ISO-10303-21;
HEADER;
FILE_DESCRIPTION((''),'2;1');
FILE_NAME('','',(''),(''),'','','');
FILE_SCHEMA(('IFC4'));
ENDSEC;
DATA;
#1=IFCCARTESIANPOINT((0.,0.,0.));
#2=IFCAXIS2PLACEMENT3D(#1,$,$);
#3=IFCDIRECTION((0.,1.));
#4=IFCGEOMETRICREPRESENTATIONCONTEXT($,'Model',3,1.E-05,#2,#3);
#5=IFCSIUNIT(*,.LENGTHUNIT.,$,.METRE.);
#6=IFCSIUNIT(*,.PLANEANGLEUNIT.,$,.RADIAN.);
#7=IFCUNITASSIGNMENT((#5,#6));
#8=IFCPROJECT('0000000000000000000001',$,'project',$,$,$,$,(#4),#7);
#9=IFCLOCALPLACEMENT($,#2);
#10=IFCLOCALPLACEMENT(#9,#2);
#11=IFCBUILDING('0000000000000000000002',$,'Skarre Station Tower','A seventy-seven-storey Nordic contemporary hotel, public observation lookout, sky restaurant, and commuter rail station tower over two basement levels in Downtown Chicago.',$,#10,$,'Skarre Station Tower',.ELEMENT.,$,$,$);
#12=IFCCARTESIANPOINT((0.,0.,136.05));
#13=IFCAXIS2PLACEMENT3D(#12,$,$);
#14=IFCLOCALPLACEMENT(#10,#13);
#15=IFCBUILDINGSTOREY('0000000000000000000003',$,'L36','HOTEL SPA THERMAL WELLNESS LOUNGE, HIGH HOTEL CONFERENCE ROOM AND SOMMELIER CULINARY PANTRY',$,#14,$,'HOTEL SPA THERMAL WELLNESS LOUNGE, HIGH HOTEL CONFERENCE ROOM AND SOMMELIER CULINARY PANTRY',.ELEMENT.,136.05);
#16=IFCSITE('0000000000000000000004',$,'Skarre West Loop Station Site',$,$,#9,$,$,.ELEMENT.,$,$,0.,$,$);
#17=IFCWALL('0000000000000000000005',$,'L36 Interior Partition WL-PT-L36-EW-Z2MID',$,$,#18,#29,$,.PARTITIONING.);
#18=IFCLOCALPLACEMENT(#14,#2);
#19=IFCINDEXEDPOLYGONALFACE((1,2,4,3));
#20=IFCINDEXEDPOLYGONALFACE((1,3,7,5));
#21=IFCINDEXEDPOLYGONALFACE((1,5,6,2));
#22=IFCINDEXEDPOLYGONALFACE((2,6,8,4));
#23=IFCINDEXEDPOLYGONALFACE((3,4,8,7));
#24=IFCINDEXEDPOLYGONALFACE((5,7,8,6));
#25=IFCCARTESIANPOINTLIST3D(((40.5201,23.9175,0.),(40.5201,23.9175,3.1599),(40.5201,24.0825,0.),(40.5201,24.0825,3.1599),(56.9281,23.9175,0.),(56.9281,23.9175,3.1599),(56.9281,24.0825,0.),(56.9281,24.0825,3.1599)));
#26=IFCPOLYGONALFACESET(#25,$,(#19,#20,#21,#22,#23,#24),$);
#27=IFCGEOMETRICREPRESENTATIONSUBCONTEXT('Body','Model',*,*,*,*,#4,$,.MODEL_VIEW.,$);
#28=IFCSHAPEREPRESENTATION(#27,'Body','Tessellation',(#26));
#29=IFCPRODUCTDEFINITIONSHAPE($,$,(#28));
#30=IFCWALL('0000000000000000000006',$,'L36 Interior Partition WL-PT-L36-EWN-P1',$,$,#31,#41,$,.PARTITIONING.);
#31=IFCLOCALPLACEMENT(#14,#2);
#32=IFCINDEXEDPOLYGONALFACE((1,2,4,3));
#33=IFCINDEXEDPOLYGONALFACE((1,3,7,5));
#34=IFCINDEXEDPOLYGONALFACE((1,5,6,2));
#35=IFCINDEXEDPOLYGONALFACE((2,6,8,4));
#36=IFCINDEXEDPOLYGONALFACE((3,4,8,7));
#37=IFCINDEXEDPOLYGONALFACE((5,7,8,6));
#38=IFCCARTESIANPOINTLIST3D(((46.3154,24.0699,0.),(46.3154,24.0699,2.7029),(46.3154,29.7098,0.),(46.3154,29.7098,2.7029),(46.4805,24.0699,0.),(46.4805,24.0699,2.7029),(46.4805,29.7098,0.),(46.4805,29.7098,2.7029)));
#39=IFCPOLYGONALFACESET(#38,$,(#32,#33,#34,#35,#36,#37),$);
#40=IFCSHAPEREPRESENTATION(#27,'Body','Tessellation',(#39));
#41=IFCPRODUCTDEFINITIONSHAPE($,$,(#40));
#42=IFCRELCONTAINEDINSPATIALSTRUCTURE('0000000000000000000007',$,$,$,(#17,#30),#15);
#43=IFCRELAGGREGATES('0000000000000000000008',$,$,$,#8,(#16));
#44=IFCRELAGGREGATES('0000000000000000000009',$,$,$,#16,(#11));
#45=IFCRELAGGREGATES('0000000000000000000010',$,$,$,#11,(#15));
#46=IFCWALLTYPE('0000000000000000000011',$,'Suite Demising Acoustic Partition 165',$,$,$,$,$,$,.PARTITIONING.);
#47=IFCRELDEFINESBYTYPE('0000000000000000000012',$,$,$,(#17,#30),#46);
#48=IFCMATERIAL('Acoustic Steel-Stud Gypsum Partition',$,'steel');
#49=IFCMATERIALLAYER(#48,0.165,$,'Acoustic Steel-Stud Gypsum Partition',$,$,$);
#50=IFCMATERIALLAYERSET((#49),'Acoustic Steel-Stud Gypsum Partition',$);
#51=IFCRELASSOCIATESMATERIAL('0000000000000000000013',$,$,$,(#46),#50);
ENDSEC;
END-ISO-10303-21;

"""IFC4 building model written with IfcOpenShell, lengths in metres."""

from ifc_helpers import new_model, si_unit, direction, frame, frame_2d, origin, place, context, subcontext, project, spatial, rectangle, extrude, material, layer, layer_set, type_object, element, save


model = new_model("IFC4")

# Units and contexts
model_context = context("Model", 3, precision=1e-05, world=origin(), true_north=direction((0.0, 1.0)))
body_context = subcontext(model_context, "Body", "Model", "MODEL_VIEW")
ifc_project = project(units=[si_unit("LENGTHUNIT", "METRE"), si_unit("PLANEANGLEUNIT", "RADIAN")], contexts=[model_context])

# Site, building, storey
site_placement = place(None, origin())
site = spatial("IfcSite", under=ifc_project, at=site_placement, Name="Skarre West Loop Station Site", CompositionType="ELEMENT", RefElevation=0.0)
building_placement = place(site_placement, origin())
building = spatial("IfcBuilding", under=site, at=building_placement, Name="Skarre Station Tower", Description="A seventy-seven-storey Nordic contemporary hotel, public observation lookout, sky restaurant, and commuter rail station tower over two basement levels in Downtown Chicago.", LongName="Skarre Station Tower", CompositionType="ELEMENT")
storey_placement = place(building_placement, frame((0.0, 0.0, 136.05)))
storey = spatial("IfcBuildingStorey", under=building, at=storey_placement, Name="L36", Description="HOTEL SPA THERMAL WELLNESS LOUNGE, HIGH HOTEL CONFERENCE ROOM AND SOMMELIER CULINARY PANTRY", LongName="HOTEL SPA THERMAL WELLNESS LOUNGE, HIGH HOTEL CONFERENCE ROOM AND SOMMELIER CULINARY PANTRY", CompositionType="ELEMENT", Elevation=136.05)

# Shared definitions
ifc_material_1 = material(Name="Acoustic Steel-Stud Gypsum Partition", Category="steel")

# Walls
ifc_layer_1 = layer(ifc_material_1, 0.165, Name="Acoustic Steel-Stud Gypsum Partition")
ifc_layer_set_1 = layer_set([ifc_layer_1], Name="Acoustic Steel-Stud Gypsum Partition")
wall_type_1 = type_object("IfcWallType", Name="Suite Demising Acoustic Partition 165", PredefinedType="PARTITIONING", material=ifc_layer_set_1)
wall_1_placement = place(storey_placement, frame((40.52, 24.0, 0.0), z_axis=(0.0, 0.0, 1.0), x_axis=(1.0, 0.0, 0.0)))
element("IfcWall", 1, at=wall_1_placement, inside=storey, type_object=wall_type_1, Name="L36 Interior Partition WL-PT-L36-EW-Z2MID", PredefinedType="PARTITIONING", context=body_context, shape_type="SweptSolid", body=[
    extrude(rectangle(XDim=16.408, YDim=0.165, at=frame_2d((8.2041, 0.0))), origin(), (0.0, 0.0, 1.0), 3.1599),
])
wall_2_placement = place(storey_placement, frame((46.3979, 24.0701, 0.0), z_axis=(0.0, 0.0, 1.0), x_axis=(0.0, 1.0, 0.0)))
element("IfcWall", 2, at=wall_2_placement, inside=storey, type_object=wall_type_1, Name="L36 Interior Partition WL-PT-L36-EWN-P1", PredefinedType="PARTITIONING", context=body_context, shape_type="SweptSolid", body=[
    extrude(rectangle(XDim=5.6399, YDim=0.165, at=frame_2d((2.8198, 0.0))), origin(), (0.0, 0.0, 1.0), 2.7029),
])

save(model, "model.ifc")
